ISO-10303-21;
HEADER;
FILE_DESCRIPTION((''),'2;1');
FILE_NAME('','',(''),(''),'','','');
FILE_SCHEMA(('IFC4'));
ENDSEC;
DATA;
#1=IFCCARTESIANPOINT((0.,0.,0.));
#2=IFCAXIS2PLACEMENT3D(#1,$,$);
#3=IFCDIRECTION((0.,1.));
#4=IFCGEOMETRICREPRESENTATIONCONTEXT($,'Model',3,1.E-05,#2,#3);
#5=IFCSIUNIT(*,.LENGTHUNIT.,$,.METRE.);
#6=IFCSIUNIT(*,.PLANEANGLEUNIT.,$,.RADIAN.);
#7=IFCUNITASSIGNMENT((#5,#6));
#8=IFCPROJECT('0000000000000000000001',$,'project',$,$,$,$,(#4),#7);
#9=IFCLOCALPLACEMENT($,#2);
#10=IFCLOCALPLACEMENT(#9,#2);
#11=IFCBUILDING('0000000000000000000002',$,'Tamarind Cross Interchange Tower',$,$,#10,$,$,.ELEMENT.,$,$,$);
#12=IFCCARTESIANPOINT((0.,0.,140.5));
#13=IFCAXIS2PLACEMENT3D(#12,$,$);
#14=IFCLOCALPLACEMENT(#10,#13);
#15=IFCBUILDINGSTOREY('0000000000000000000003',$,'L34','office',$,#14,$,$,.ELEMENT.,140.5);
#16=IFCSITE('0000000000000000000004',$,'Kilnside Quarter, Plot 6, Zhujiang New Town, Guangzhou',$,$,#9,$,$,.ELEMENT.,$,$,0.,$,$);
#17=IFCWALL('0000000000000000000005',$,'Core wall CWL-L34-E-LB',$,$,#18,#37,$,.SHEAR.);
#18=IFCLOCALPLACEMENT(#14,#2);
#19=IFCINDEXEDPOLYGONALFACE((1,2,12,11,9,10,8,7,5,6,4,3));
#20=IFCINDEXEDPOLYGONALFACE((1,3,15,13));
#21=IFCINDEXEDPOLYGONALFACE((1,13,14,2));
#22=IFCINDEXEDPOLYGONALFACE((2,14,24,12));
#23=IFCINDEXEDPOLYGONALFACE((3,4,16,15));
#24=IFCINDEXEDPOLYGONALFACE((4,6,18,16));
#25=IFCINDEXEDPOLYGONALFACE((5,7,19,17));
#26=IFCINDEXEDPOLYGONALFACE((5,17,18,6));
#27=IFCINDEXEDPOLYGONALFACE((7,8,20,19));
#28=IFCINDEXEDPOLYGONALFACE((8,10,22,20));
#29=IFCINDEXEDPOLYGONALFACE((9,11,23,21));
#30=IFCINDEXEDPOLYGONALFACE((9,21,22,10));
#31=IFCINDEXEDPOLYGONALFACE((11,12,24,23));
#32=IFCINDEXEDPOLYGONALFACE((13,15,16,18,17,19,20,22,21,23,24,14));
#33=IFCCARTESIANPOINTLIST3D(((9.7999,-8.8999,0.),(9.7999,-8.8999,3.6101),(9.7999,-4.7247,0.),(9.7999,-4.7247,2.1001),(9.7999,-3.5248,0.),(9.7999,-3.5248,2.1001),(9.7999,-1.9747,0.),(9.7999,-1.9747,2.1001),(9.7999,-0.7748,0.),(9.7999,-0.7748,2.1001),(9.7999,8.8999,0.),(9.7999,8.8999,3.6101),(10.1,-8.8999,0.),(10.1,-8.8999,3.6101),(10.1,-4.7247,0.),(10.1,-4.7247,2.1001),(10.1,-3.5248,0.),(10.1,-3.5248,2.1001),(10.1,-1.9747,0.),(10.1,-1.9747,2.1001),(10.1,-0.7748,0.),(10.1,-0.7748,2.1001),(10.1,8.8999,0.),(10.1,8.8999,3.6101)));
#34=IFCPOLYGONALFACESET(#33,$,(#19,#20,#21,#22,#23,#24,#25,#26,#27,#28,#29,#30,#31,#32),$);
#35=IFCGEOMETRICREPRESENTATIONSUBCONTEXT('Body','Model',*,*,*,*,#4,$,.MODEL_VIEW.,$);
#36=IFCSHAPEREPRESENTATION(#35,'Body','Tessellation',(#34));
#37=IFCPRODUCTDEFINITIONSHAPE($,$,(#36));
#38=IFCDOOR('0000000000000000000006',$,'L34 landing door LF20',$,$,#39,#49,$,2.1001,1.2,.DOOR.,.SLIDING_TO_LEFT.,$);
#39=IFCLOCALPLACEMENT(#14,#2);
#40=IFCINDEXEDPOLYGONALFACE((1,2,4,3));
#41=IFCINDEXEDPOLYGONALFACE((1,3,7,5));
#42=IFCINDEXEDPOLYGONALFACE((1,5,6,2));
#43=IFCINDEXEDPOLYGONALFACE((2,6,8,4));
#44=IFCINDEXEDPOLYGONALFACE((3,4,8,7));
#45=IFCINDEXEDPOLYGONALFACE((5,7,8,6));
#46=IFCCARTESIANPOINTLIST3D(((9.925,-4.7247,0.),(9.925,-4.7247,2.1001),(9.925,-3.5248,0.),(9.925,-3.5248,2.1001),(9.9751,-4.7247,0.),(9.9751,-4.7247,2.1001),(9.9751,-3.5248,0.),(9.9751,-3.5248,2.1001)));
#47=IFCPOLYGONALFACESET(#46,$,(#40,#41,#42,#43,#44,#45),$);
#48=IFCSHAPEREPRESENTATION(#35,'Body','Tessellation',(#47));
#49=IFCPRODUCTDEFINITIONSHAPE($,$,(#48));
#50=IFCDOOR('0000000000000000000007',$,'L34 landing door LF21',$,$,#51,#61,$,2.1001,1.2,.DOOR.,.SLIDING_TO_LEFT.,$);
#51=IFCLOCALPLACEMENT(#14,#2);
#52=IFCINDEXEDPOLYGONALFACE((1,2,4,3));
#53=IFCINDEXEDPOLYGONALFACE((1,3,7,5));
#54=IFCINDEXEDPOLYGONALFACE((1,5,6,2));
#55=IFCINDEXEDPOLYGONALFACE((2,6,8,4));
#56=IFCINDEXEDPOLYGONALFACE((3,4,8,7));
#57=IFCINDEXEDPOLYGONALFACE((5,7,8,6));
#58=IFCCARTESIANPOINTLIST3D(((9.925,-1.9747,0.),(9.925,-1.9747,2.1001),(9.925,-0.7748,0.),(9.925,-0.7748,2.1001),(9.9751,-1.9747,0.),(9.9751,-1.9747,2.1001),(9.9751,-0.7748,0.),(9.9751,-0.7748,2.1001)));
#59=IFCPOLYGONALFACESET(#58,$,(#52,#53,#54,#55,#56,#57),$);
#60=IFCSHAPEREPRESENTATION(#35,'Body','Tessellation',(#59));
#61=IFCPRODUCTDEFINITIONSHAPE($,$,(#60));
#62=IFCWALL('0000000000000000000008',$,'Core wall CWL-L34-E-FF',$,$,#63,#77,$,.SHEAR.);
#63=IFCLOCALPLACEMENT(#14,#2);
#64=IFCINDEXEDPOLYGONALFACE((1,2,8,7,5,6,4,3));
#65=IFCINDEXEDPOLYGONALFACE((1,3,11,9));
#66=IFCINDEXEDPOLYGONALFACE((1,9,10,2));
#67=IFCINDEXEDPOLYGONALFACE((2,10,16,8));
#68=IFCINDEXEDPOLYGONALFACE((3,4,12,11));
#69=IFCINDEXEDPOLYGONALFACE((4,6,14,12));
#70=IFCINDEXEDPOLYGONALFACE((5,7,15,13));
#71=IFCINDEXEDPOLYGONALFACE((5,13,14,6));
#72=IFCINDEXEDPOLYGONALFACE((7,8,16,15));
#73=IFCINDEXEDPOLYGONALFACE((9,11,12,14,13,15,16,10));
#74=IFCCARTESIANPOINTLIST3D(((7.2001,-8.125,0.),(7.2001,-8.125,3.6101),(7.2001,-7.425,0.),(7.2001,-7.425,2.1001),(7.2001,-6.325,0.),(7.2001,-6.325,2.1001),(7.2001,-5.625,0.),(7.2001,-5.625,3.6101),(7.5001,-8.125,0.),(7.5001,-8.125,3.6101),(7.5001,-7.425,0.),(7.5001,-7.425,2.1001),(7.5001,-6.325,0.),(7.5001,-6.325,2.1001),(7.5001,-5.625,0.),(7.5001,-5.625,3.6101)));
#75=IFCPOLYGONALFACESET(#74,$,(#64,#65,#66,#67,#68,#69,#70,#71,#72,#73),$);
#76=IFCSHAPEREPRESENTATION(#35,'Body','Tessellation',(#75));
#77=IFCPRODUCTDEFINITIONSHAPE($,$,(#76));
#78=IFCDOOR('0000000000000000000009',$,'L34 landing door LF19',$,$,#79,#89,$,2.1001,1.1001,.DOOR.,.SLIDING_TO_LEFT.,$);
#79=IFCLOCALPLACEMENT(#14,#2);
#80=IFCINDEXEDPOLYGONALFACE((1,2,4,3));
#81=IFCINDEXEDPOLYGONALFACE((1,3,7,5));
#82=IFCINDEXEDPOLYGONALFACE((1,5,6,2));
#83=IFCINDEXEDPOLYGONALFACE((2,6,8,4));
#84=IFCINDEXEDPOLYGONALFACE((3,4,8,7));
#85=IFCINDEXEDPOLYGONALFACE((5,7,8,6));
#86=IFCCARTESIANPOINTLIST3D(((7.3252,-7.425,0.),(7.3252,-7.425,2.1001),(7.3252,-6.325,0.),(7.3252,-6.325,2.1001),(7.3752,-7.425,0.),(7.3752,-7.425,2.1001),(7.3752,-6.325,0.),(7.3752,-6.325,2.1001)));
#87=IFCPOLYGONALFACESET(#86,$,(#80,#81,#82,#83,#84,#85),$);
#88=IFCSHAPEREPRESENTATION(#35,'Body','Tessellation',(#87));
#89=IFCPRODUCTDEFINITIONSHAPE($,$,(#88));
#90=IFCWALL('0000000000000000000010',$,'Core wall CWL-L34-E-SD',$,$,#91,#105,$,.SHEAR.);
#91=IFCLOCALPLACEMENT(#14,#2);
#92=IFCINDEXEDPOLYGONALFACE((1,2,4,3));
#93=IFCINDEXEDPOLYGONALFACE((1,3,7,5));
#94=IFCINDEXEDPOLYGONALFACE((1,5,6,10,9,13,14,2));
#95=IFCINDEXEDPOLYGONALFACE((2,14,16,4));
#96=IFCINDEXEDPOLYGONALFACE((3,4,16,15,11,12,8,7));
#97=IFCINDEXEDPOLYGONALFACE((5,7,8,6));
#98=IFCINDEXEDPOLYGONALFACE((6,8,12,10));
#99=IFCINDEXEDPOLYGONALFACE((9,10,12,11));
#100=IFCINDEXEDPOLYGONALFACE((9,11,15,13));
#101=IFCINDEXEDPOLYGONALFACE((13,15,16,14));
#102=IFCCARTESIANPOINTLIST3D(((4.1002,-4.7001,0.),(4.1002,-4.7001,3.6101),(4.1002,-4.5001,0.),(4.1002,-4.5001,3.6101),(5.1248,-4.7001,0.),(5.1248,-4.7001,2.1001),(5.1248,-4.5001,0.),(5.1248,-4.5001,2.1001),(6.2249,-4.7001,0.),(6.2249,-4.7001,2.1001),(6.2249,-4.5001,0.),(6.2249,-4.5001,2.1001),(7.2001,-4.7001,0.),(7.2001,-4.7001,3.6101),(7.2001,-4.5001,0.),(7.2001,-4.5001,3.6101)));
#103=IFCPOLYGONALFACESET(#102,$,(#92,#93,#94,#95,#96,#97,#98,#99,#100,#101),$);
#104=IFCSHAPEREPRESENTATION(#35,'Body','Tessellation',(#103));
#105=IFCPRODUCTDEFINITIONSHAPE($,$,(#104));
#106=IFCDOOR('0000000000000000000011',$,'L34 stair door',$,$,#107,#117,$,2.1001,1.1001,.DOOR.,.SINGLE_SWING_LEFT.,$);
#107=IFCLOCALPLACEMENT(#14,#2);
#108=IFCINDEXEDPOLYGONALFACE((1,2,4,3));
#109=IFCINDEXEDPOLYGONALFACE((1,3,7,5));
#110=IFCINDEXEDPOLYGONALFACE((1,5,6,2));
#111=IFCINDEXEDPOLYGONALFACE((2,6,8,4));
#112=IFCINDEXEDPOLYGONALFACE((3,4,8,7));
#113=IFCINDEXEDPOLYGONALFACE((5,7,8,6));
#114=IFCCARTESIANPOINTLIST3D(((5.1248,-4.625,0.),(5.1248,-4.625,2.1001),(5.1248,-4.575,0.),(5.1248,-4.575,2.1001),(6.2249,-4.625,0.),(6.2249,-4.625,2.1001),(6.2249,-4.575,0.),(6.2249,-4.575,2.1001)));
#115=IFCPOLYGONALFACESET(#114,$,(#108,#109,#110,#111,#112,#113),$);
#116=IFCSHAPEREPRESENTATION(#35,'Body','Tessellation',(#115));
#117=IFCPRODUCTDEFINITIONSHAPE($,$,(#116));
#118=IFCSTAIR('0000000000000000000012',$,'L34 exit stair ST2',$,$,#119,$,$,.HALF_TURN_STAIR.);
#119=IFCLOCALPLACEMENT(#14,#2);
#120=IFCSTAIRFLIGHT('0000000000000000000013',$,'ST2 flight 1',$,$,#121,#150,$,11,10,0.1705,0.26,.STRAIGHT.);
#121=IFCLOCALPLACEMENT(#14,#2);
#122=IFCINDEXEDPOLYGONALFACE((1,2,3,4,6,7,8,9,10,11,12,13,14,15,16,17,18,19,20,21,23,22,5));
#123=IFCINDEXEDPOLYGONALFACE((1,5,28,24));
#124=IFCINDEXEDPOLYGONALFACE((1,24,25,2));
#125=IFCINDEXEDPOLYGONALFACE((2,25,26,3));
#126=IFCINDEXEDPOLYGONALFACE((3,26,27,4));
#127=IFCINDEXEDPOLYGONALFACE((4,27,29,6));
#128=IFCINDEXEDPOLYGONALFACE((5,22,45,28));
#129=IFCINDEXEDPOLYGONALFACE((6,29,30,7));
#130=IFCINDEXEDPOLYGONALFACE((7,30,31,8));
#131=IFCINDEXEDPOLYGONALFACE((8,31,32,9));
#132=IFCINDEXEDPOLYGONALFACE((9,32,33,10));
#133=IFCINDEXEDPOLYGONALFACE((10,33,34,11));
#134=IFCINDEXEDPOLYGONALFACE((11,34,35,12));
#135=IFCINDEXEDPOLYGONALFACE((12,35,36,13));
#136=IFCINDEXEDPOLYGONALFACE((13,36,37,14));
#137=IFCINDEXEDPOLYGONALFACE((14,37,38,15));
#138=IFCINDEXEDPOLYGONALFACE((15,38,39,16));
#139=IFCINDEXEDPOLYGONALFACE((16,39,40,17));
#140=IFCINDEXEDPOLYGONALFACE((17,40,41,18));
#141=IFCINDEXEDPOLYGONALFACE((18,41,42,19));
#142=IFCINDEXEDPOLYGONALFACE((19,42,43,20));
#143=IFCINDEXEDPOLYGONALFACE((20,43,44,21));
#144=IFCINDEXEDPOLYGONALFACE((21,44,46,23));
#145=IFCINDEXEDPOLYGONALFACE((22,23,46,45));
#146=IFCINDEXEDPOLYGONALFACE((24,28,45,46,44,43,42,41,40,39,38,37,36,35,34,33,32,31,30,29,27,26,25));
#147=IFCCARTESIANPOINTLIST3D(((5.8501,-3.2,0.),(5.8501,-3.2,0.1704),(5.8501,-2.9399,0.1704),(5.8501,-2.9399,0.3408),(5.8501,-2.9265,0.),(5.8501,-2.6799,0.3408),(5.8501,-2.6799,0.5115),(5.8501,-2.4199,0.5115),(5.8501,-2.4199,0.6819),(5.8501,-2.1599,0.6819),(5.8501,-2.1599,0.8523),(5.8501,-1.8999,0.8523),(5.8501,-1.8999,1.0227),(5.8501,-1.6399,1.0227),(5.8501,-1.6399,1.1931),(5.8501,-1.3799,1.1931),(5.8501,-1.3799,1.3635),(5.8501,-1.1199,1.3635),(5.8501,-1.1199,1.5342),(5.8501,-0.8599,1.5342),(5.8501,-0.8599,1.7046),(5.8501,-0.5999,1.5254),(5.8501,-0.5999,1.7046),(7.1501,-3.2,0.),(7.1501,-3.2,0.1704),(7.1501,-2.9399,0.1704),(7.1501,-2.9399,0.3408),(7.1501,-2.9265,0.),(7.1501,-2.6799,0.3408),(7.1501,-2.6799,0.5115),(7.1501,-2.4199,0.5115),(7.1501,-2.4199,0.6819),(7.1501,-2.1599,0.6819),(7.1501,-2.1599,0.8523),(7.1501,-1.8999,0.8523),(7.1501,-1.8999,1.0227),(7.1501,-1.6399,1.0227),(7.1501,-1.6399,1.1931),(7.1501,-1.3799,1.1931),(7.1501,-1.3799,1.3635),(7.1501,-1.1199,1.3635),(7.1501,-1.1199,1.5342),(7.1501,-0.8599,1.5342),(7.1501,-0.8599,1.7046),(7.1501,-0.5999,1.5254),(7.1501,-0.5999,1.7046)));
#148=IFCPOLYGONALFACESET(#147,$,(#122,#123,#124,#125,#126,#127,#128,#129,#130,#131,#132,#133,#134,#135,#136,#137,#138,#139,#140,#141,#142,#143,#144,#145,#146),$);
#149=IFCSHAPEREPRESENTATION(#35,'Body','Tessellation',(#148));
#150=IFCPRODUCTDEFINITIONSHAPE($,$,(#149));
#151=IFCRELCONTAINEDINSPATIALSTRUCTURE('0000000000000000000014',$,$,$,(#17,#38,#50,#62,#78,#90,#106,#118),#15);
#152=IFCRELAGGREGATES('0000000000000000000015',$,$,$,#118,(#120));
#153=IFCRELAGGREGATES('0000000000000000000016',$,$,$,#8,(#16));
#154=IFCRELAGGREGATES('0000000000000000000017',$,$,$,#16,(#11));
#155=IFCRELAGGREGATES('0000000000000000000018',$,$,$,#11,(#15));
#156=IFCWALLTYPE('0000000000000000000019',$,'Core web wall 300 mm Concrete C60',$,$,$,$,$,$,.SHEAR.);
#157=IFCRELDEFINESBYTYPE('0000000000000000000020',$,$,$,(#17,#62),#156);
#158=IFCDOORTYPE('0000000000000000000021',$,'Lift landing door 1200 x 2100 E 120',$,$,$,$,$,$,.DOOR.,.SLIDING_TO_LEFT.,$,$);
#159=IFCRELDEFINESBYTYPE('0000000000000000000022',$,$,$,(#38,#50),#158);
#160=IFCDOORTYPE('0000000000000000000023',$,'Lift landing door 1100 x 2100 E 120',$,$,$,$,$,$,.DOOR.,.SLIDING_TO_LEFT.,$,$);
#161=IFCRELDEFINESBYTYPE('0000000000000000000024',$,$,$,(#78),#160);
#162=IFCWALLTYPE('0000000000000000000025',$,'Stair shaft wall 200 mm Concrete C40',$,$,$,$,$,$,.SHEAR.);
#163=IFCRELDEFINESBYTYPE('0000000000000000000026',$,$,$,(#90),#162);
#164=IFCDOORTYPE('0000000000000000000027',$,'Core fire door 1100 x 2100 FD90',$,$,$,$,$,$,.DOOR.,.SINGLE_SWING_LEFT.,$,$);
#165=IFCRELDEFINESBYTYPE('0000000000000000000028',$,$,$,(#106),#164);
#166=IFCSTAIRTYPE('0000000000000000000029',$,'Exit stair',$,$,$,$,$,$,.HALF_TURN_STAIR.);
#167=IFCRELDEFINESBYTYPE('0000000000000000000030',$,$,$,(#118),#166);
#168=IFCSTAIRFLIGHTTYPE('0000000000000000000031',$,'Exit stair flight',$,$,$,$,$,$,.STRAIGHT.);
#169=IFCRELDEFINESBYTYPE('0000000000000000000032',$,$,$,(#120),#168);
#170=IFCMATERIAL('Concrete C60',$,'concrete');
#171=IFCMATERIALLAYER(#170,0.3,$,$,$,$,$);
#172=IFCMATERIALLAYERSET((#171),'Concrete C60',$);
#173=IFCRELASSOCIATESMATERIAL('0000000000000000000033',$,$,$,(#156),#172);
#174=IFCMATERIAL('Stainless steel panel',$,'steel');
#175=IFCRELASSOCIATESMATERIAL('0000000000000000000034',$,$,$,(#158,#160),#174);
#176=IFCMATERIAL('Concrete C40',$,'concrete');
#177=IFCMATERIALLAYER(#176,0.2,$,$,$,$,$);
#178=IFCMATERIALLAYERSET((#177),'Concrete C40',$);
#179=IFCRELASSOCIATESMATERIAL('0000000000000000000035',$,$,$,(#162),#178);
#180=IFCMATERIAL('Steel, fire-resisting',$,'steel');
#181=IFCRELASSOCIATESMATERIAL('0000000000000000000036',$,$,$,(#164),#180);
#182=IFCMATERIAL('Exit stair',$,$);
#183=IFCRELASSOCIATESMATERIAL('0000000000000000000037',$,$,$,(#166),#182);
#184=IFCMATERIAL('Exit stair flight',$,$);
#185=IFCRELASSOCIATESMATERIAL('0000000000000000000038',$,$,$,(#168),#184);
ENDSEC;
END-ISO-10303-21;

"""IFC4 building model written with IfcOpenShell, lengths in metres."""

from ifc_helpers import new_model, si_unit, direction, frame, frame_2d, origin, place, context, subcontext, project, spatial, polyline, rectangle, outline, extrude, material, layer, layer_set, type_object, element, fill, aggregate, save


model = new_model("IFC4")

# Units and contexts
model_context = context("Model", 3, precision=1e-05, world=origin(), true_north=direction((0.0, 1.0)))
body_context = subcontext(model_context, "Body", "Model", "MODEL_VIEW")
ifc_project = project(units=[si_unit("LENGTHUNIT", "METRE"), si_unit("PLANEANGLEUNIT", "RADIAN")], contexts=[model_context])

# Site, building, storey
site_placement = place(None, origin())
site = spatial("IfcSite", under=ifc_project, at=site_placement, Name="Kilnside Quarter, Plot 6, Zhujiang New Town, Guangzhou", CompositionType="ELEMENT", RefElevation=0.0)
building_placement = place(site_placement, origin())
building = spatial("IfcBuilding", under=site, at=building_placement, Name="Tamarind Cross Interchange Tower", CompositionType="ELEMENT")
storey_placement = place(building_placement, frame((0.0, 0.0, 140.5)))
storey = spatial("IfcBuildingStorey", under=building, at=storey_placement, Name="L34", Description="office", CompositionType="ELEMENT", Elevation=140.5)

# Shared definitions
ifc_material_1 = material(Name="Concrete C60", Category="concrete")
ifc_material_2 = material(Name="Steel, fire-resisting", Category="steel")

# Shared definitions
ifc_layer_1 = layer(ifc_material_1, 0.3)
ifc_layer_set_1 = layer_set([ifc_layer_1], Name="Concrete C60")
wall_type_1 = type_object("IfcWallType", Name="Core web wall 300 mm Concrete C60", PredefinedType="SHEAR", material=ifc_layer_set_1)

# Wall, openings, doors
ifc_material_3 = material(Name="Stainless steel panel", Category="steel")
wall_1_placement = place(storey_placement, frame((9.95, -8.8999, 0.0), z_axis=(0.0, 0.0, 1.0), x_axis=(0.0, 1.0, 0.0)))
wall_1 = element("IfcWall", 1, at=wall_1_placement, inside=storey, type_object=wall_type_1, Name="Core wall CWL-L34-E-LB", PredefinedType="SHEAR", context=body_context, shape_type="SweptSolid", body=[
    extrude(rectangle(XDim=17.7998, YDim=0.3, at=frame_2d((8.8999, 0.0))), origin(), (0.0, 0.0, 1.0), 3.6101),
])
opening_1_placement = place(wall_1_placement, frame((4.175, 0.0, 0.0)))
opening_1 = element("IfcOpeningElement", 2, at=opening_1_placement, cuts=wall_1, PredefinedType="OPENING", context=body_context, shape_type="SweptSolid", body=[
    extrude(rectangle(XDim=1.2, YDim=2.1001, at=frame_2d((0.6001, 1.05))), frame((0.0, 0.1599, 0.0), z_axis=(0.0, -1.0, 0.0), x_axis=(1.0, 0.0, 0.0)), (0.0, 0.0, 1.0), 0.3201),
])
opening_2_placement = place(wall_1_placement, frame((6.925, 0.0, 0.0)))
opening_2 = element("IfcOpeningElement", 3, at=opening_2_placement, cuts=wall_1, PredefinedType="OPENING", context=body_context, shape_type="SweptSolid", body=[
    extrude(rectangle(XDim=1.2, YDim=2.1001, at=frame_2d((0.6001, 1.05))), frame((0.0, 0.1599, 0.0), z_axis=(0.0, -1.0, 0.0), x_axis=(1.0, 0.0, 0.0)), (0.0, 0.0, 1.0), 0.3201),
])
door_type_1 = type_object("IfcDoorType", Name="Lift landing door 1200 x 2100 E 120", OperationType="SLIDING_TO_LEFT", PredefinedType="DOOR", material=ifc_material_3)
door_1_placement = place(opening_1_placement, origin())
door_1 = element("IfcDoor", 4, at=door_1_placement, inside=storey, type_object=door_type_1, Name="L34 landing door LF20", OperationType="SLIDING_TO_LEFT", OverallHeight=2.1001, OverallWidth=1.2, PredefinedType="DOOR", context=body_context, shape_type="SweptSolid", body=[
    extrude(rectangle(XDim=1.2, YDim=2.1001, at=frame_2d((0.6001, 1.05))), frame((0.0, 0.0249, 0.0), z_axis=(0.0, -1.0, 0.0), x_axis=(1.0, 0.0, 0.0)), (0.0, 0.0, 1.0), 0.05),
])
fill(opening_1, door_1)
door_2_placement = place(opening_2_placement, origin())
door_2 = element("IfcDoor", 5, at=door_2_placement, inside=storey, type_object=door_type_1, Name="L34 landing door LF21", OperationType="SLIDING_TO_LEFT", OverallHeight=2.1001, OverallWidth=1.2, PredefinedType="DOOR", context=body_context, shape_type="SweptSolid", body=[
    extrude(rectangle(XDim=1.2, YDim=2.1001, at=frame_2d((0.6001, 1.05))), frame((0.0, 0.0249, 0.0), z_axis=(0.0, -1.0, 0.0), x_axis=(1.0, 0.0, 0.0)), (0.0, 0.0, 1.0), 0.05),
])
fill(opening_2, door_2)

# Walls, openings, doors
wall_2_placement = place(storey_placement, frame((7.3501, -8.125, 0.0), z_axis=(0.0, 0.0, 1.0), x_axis=(0.0, 1.0, 0.0)))
wall_2 = element("IfcWall", 6, at=wall_2_placement, inside=storey, type_object=wall_type_1, Name="Core wall CWL-L34-E-FF", PredefinedType="SHEAR", context=body_context, shape_type="SweptSolid", body=[
    extrude(rectangle(XDim=2.5, YDim=0.3, at=frame_2d((1.25, 0.0))), origin(), (0.0, 0.0, 1.0), 3.6101),
])
opening_3_placement = place(wall_2_placement, frame((0.7, 0.0, 0.0)))
opening_3 = element("IfcOpeningElement", 7, at=opening_3_placement, cuts=wall_2, PredefinedType="OPENING", context=body_context, shape_type="SweptSolid", body=[
    extrude(rectangle(XDim=1.1001, YDim=2.1001, at=frame_2d((0.55, 1.05))), frame((0.0, 0.1599, 0.0), z_axis=(0.0, -1.0, 0.0), x_axis=(1.0, 0.0, 0.0)), (0.0, 0.0, 1.0), 0.3201),
])
door_type_2 = type_object("IfcDoorType", Name="Lift landing door 1100 x 2100 E 120", OperationType="SLIDING_TO_LEFT", PredefinedType="DOOR", material=ifc_material_3)
door_3_placement = place(opening_3_placement, origin())
door_3 = element("IfcDoor", 8, at=door_3_placement, inside=storey, type_object=door_type_2, Name="L34 landing door LF19", OperationType="SLIDING_TO_LEFT", OverallHeight=2.1001, OverallWidth=1.1001, PredefinedType="DOOR", context=body_context, shape_type="SweptSolid", body=[
    extrude(rectangle(XDim=1.1001, YDim=2.1001, at=frame_2d((0.55, 1.05))), frame((0.0, 0.0249, 0.0), z_axis=(0.0, -1.0, 0.0), x_axis=(1.0, 0.0, 0.0)), (0.0, 0.0, 1.0), 0.05),
])
fill(opening_3, door_3)
ifc_material_4 = material(Name="Concrete C40", Category="concrete")
ifc_layer_2 = layer(ifc_material_4, 0.2)
ifc_layer_set_2 = layer_set([ifc_layer_2], Name="Concrete C40")
wall_type_2 = type_object("IfcWallType", Name="Stair shaft wall 200 mm Concrete C40", PredefinedType="SHEAR", material=ifc_layer_set_2)
wall_3_placement = place(storey_placement, frame((7.2, -4.6001, 0.0), z_axis=(0.0, 0.0, 1.0), x_axis=(-1.0, 0.0, 0.0)))
wall_3 = element("IfcWall", 9, at=wall_3_placement, inside=storey, type_object=wall_type_2, Name="Core wall CWL-L34-E-SD", PredefinedType="SHEAR", context=body_context, shape_type="SweptSolid", body=[
    extrude(rectangle(XDim=3.0999, YDim=0.2, at=frame_2d((1.5498, 0.0))), origin(), (0.0, 0.0, 1.0), 3.6101),
])
opening_4_placement = place(wall_3_placement, frame((0.9751, 0.0, 0.0)))
opening_4 = element("IfcOpeningElement", 10, at=opening_4_placement, cuts=wall_3, PredefinedType="OPENING", context=body_context, shape_type="SweptSolid", body=[
    extrude(rectangle(XDim=1.1001, YDim=2.1001, at=frame_2d((0.55, 1.05))), frame((0.0, 0.1099, 0.0), z_axis=(0.0, -1.0, 0.0), x_axis=(1.0, 0.0, 0.0)), (0.0, 0.0, 1.0), 0.22),
])
door_type_3 = type_object("IfcDoorType", Name="Core fire door 1100 x 2100 FD90", OperationType="SINGLE_SWING_LEFT", PredefinedType="DOOR", material=ifc_material_2)
door_4_placement = place(opening_4_placement, origin())
door_4 = element("IfcDoor", 11, at=door_4_placement, inside=storey, type_object=door_type_3, Name="L34 stair door", OperationType="SINGLE_SWING_LEFT", OverallHeight=2.1001, OverallWidth=1.1001, PredefinedType="DOOR", context=body_context, shape_type="SweptSolid", body=[
    extrude(rectangle(XDim=1.1001, YDim=2.1001, at=frame_2d((0.55, 1.05))), frame((0.0, 0.0249, 0.0), z_axis=(0.0, -1.0, 0.0), x_axis=(1.0, 0.0, 0.0)), (0.0, 0.0, 1.0), 0.05),
])
fill(opening_4, door_4)

# Stair, stair flight
ifc_material_5 = material(Name="Exit stair")
stair_type = type_object("IfcStairType", Name="Exit stair", PredefinedType="HALF_TURN_STAIR", material=ifc_material_5)
stair_placement = place(storey_placement, origin())
stair = element("IfcStair", 12, at=stair_placement, inside=storey, type_object=stair_type, Name="L34 exit stair ST2", PredefinedType="HALF_TURN_STAIR")
ifc_material_6 = material(Name="Exit stair flight")
stair_flight_type = type_object("IfcStairFlightType", Name="Exit stair flight", PredefinedType="STRAIGHT", material=ifc_material_6)
stair_flight_1_placement = place(storey_placement, frame((6.5, -3.2, 0.0), z_axis=(0.0, 0.0, 1.0), x_axis=(0.0, 1.0, 0.0)))
stair_flight_1 = element("IfcStairFlight", 13, at=stair_flight_1_placement, type_object=stair_flight_type, Name="ST2 flight 1", NumberOfRisers=11, NumberOfTreads=10, PredefinedType="STRAIGHT", RiserHeight=0.1705, TreadLength=0.26, context=body_context, shape_type="SweptSolid", body=[
    extrude(outline(polyline([(0.0, 0.0), (0.0, 0.1704), (0.26, 0.1704), (0.26, 0.3408), (0.52, 0.3408), (0.52, 0.5115), (0.78, 0.5115), (0.78, 0.6819), (1.04, 0.6819), (1.04, 0.8523), (1.3, 0.8523), (1.3, 1.0227), (1.5601, 1.0227), (1.5601, 1.1931), (1.8201, 1.1931), (1.8201, 1.3635), (2.0801, 1.3635), (2.0801, 1.5342), (2.3401, 1.5342), (2.3401, 1.7046), (2.6001, 1.7046), (2.6001, 1.875), (2.6001, 1.5254), (0.2734, 0.0), (0.0, 0.0)])), frame((0.0, 0.6499, 0.0), z_axis=(0.0, -1.0, 0.0), x_axis=(1.0, 0.0, 0.0)), (0.0, 0.0, 1.0), 1.3),
])
aggregate(stair, [stair_flight_1])

save(model, "model.ifc")
